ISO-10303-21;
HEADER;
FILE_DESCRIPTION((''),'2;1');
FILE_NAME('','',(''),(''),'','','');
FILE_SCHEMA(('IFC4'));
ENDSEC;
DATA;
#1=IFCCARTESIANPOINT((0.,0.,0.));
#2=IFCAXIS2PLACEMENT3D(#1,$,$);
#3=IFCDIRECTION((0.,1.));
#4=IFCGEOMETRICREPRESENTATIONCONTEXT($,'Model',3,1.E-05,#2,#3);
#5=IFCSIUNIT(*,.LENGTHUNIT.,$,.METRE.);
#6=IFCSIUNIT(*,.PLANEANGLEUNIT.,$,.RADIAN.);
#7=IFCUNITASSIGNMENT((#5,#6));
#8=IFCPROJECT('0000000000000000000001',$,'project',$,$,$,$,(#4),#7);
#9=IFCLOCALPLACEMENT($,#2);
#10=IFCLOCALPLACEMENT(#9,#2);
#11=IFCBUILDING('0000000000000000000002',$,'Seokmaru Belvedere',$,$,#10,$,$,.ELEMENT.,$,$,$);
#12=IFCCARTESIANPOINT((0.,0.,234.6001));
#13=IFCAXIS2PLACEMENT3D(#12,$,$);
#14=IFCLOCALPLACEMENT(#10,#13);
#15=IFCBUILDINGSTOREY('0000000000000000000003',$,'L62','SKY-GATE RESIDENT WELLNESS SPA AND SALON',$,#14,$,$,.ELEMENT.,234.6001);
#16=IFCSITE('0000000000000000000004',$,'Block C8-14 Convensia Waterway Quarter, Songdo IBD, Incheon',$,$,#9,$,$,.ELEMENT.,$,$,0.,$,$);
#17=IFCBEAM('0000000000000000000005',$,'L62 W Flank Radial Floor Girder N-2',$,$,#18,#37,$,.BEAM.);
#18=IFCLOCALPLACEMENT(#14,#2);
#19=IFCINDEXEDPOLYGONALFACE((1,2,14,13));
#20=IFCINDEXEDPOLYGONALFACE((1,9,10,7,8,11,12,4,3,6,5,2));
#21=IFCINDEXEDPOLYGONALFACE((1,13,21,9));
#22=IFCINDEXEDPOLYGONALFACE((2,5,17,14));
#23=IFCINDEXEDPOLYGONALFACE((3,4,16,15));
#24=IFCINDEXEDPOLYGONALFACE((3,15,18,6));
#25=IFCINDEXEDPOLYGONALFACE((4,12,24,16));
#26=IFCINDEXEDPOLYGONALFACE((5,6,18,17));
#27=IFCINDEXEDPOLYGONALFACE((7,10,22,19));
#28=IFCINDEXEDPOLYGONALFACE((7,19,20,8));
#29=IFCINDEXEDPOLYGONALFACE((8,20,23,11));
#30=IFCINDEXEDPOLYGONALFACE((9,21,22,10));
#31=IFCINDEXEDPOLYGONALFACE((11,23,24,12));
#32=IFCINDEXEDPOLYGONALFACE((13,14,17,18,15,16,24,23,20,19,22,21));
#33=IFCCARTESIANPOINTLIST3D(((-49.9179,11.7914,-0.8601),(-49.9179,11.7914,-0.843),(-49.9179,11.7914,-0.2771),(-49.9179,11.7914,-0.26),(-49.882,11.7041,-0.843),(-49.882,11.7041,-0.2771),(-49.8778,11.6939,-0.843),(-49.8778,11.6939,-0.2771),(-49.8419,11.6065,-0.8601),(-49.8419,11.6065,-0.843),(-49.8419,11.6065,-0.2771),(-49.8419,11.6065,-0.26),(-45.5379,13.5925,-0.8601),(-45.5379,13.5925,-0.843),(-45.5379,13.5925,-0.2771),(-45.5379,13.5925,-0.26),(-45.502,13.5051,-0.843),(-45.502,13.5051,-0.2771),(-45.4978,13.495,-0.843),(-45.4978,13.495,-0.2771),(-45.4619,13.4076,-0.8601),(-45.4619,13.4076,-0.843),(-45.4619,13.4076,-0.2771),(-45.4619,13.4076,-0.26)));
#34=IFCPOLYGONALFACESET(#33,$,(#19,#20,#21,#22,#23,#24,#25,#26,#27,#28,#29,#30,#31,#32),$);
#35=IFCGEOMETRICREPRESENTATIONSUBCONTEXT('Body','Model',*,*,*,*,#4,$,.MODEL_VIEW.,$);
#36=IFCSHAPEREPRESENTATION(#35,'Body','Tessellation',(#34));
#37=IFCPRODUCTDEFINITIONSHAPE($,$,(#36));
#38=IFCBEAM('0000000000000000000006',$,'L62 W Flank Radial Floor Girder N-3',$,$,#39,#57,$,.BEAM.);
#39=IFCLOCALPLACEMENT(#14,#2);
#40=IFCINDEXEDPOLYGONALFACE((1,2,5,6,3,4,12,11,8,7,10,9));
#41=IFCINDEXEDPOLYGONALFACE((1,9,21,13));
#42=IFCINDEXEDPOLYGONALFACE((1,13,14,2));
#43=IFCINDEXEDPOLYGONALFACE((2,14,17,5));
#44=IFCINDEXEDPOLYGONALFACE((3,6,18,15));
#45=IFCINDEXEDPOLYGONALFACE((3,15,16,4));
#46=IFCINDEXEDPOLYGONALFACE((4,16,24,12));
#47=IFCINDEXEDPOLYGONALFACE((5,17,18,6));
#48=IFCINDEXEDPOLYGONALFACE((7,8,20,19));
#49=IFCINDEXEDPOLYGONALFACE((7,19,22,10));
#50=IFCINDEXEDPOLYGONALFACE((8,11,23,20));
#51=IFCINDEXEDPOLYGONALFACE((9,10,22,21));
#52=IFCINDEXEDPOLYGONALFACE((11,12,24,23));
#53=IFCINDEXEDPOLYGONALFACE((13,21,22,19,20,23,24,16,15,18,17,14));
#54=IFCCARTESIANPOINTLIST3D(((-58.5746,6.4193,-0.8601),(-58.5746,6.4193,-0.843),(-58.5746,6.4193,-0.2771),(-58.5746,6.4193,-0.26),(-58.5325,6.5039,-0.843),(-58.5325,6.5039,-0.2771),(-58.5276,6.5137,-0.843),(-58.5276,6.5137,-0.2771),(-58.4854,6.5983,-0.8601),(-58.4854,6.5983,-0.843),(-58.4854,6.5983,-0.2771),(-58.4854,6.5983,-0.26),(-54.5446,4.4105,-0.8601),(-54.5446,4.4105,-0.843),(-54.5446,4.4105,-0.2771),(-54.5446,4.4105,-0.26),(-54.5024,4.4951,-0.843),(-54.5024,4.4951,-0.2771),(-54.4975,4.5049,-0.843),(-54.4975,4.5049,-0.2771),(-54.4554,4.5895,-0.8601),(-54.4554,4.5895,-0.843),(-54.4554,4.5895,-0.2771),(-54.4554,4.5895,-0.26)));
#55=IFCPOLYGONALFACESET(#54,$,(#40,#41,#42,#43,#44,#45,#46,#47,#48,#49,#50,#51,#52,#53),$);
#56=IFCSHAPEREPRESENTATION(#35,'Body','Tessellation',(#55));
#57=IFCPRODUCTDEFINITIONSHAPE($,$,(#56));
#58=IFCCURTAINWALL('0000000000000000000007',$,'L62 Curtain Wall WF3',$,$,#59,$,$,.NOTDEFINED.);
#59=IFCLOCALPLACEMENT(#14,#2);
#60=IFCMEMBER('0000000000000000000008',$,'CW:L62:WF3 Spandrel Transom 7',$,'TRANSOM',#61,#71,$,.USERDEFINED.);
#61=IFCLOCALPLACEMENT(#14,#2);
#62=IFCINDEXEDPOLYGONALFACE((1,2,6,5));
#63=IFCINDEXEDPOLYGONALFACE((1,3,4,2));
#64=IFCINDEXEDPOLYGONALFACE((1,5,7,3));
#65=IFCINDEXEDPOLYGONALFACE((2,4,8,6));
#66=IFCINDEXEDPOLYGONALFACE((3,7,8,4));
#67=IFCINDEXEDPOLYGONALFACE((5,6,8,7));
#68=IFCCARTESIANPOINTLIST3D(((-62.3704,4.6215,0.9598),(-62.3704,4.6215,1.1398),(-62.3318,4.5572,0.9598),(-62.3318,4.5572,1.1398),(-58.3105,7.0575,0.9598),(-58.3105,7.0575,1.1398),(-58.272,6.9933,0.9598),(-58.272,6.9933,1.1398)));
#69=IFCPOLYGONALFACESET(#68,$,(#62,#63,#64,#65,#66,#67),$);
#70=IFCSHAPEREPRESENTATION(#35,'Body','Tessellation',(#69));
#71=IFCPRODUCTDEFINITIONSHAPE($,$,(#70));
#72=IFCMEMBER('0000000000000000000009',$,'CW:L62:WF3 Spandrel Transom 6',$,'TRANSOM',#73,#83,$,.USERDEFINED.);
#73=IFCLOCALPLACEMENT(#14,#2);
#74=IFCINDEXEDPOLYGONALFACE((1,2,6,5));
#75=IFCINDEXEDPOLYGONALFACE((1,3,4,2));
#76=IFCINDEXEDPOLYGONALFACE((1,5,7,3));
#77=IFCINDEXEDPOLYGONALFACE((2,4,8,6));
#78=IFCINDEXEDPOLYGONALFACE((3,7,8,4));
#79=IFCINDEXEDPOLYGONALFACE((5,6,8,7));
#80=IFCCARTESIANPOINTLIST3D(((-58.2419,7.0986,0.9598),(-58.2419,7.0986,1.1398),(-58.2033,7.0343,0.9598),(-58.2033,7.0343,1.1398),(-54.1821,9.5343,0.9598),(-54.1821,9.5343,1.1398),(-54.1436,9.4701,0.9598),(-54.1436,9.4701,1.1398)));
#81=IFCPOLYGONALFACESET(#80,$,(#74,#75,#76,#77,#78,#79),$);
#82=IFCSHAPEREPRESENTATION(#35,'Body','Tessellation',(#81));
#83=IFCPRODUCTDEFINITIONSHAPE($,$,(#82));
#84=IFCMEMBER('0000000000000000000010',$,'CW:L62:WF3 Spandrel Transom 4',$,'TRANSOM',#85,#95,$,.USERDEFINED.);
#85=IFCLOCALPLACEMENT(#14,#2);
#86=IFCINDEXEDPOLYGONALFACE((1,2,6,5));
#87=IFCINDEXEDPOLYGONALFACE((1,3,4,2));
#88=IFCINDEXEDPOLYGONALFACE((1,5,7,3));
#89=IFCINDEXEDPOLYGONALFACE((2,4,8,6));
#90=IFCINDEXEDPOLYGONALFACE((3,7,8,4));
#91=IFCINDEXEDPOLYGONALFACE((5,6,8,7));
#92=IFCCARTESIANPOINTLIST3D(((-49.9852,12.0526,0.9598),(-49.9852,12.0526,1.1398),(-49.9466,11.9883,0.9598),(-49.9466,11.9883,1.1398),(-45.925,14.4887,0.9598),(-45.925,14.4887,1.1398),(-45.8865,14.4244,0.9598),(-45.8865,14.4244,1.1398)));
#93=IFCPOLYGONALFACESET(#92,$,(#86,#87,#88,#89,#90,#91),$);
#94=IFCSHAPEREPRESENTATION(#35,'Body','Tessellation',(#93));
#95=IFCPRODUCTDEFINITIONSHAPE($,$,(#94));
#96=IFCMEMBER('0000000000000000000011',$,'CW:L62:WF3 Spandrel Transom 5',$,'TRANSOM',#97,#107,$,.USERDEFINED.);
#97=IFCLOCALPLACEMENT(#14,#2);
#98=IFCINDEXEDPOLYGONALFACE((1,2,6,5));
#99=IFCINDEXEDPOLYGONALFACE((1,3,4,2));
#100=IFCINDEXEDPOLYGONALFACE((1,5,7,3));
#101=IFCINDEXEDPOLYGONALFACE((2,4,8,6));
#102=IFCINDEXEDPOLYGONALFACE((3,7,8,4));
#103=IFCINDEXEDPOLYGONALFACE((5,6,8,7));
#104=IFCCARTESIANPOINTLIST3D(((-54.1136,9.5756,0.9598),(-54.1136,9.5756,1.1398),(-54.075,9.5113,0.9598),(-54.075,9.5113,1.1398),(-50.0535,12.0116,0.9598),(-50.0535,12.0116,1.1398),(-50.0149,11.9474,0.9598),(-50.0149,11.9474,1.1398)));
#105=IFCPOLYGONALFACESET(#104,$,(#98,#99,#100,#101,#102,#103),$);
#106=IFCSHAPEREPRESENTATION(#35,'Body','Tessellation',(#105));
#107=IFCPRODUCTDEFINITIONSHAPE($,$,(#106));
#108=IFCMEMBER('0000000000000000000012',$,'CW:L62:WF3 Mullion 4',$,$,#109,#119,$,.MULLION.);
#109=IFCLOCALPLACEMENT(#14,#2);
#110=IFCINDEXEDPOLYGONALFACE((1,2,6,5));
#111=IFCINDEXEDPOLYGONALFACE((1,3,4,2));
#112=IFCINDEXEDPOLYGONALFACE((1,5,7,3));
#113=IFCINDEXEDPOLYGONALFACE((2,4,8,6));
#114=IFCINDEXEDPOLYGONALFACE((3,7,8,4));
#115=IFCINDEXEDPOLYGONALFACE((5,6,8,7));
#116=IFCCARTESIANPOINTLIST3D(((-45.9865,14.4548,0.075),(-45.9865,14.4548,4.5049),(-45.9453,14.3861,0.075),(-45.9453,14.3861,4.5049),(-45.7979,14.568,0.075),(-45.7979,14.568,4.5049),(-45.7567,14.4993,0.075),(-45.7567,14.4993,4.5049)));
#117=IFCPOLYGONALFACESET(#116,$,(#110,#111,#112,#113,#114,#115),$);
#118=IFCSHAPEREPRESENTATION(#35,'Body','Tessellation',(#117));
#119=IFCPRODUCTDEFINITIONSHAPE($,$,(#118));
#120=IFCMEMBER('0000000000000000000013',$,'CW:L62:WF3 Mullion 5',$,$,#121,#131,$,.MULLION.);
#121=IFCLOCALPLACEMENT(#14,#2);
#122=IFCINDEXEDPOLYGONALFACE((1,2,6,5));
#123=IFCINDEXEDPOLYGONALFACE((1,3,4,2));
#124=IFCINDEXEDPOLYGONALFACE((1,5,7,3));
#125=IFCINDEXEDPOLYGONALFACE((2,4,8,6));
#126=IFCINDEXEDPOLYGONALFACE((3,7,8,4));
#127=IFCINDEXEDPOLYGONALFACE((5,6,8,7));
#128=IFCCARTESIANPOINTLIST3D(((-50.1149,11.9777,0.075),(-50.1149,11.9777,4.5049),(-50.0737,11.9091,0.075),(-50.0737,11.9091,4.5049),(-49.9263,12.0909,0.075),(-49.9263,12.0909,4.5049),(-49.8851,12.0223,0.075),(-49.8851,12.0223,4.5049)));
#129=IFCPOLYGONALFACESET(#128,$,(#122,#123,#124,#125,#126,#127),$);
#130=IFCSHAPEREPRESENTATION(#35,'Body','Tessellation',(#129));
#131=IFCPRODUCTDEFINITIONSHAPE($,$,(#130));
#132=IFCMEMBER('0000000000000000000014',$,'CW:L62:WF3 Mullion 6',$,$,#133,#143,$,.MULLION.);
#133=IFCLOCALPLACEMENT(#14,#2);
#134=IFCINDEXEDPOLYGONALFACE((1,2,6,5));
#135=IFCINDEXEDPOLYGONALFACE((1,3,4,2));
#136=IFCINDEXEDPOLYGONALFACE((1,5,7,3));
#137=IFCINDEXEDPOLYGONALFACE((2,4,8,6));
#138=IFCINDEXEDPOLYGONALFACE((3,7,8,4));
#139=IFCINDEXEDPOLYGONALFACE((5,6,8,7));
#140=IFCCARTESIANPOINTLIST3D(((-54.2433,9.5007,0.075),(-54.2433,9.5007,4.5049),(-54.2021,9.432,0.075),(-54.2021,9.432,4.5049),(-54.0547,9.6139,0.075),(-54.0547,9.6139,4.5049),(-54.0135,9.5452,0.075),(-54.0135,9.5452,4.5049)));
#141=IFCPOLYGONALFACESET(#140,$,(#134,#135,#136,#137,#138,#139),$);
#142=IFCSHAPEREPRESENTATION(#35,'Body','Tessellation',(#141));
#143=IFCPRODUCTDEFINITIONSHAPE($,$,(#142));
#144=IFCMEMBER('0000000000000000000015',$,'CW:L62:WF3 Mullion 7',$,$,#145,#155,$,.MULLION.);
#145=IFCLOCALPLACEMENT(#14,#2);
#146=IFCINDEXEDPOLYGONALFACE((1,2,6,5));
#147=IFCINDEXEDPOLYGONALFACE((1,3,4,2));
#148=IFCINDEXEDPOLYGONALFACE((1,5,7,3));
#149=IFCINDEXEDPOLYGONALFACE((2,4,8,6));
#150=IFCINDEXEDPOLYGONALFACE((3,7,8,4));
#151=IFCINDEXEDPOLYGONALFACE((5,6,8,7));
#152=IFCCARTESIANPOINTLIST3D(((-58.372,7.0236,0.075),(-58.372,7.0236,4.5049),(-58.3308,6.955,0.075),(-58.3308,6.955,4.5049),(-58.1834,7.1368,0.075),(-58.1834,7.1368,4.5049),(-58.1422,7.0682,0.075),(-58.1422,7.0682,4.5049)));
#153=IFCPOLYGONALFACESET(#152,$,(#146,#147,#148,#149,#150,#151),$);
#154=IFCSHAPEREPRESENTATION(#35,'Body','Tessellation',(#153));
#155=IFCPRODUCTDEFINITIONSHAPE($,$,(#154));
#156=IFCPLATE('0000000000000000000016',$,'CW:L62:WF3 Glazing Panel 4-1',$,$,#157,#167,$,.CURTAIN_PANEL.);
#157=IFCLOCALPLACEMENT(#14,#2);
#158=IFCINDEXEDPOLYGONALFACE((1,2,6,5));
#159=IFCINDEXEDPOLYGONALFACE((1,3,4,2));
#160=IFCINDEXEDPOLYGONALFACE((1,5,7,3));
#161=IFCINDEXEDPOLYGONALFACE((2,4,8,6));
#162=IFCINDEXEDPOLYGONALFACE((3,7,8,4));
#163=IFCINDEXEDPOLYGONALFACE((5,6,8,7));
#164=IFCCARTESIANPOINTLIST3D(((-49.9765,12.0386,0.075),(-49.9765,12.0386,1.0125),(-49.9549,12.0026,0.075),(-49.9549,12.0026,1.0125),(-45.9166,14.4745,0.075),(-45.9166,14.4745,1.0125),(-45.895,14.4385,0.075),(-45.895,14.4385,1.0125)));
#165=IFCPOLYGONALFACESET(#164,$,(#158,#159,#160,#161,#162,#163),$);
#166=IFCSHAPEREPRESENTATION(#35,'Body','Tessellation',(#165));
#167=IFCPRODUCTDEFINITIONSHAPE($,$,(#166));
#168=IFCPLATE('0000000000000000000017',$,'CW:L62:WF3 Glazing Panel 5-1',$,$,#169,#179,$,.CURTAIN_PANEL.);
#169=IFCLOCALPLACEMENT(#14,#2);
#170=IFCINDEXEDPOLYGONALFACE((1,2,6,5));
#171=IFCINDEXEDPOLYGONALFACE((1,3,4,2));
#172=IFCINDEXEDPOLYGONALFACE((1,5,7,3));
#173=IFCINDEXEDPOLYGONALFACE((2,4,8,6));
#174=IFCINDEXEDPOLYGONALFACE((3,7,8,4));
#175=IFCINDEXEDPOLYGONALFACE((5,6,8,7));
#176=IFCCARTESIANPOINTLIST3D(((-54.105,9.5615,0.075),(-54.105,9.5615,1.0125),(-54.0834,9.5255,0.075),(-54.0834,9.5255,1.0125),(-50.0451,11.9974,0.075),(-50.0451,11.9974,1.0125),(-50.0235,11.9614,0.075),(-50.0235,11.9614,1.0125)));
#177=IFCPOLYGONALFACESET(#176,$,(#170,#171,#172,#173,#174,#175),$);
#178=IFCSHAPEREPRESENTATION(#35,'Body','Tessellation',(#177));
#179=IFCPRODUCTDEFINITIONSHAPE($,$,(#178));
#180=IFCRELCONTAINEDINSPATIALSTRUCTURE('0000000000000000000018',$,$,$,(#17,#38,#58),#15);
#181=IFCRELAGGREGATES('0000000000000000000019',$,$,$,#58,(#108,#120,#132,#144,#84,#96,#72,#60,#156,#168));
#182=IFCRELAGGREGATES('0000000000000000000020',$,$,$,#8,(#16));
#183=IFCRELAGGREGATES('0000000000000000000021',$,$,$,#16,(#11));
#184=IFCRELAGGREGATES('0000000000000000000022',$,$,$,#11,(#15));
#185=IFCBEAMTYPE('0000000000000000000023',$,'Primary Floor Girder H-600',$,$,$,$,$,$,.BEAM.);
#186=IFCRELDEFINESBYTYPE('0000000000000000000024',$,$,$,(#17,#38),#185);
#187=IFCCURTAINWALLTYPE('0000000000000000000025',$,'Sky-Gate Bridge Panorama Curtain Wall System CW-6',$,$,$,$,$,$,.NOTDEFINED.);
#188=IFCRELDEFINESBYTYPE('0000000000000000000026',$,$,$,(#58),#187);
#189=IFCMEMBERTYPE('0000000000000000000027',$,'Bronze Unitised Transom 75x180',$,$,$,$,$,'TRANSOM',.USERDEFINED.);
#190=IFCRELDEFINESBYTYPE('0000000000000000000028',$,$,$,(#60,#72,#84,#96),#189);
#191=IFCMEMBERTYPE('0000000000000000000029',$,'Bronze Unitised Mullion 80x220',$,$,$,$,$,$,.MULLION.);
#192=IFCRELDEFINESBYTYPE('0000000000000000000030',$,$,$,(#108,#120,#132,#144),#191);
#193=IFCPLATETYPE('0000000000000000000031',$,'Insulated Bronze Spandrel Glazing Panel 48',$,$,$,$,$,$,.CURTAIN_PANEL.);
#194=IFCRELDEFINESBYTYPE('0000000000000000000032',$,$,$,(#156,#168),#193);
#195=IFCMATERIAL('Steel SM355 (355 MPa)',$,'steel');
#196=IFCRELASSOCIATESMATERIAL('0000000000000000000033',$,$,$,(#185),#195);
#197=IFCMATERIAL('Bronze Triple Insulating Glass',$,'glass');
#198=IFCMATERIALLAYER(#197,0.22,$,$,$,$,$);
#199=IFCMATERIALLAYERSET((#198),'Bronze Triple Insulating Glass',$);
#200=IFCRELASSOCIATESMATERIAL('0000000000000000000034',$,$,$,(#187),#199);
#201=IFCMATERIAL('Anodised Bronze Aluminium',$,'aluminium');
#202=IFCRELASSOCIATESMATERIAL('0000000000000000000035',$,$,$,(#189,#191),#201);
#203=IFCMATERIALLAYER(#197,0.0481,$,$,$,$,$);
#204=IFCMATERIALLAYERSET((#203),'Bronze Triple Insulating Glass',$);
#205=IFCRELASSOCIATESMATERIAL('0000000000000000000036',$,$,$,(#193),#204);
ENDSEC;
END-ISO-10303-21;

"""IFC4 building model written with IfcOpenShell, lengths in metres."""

from ifc_helpers import new_model, si_unit, direction, frame, origin, origin_2d, place, context, subcontext, project, spatial, rectangle, i_section, extrude, source, transform, mapped, material, layer, layer_set, material_profile, profile_set, type_object, type_shapes, element, aggregate, save


model = new_model("IFC4")

# Units and contexts
model_context = context("Model", 3, precision=1e-05, world=origin(), true_north=direction((0.0, 1.0)))
body_context = subcontext(model_context, "Body", "Model", "MODEL_VIEW")
ifc_project = project(units=[si_unit("LENGTHUNIT", "METRE"), si_unit("PLANEANGLEUNIT", "RADIAN")], contexts=[model_context])

# Site, building, storey
site_placement = place(None, origin())
site = spatial("IfcSite", under=ifc_project, at=site_placement, Name="Block C8-14 Convensia Waterway Quarter, Songdo IBD, Incheon", CompositionType="ELEMENT", RefElevation=0.0)
building_placement = place(site_placement, origin())
building = spatial("IfcBuilding", under=site, at=building_placement, Name="Seokmaru Belvedere", CompositionType="ELEMENT")
storey_placement = place(building_placement, frame((0.0, 0.0, 234.6001)))
storey = spatial("IfcBuildingStorey", under=building, at=storey_placement, Name="L62", Description="SKY-GATE RESIDENT WELLNESS SPA AND SALON", CompositionType="ELEMENT", Elevation=234.6001)

# Shared definitions
ifc_material_1 = material(Name="Steel SM355 (355 MPa)", Category="steel")

# Beams
ifc_material_profile_1 = material_profile(ifc_material_1, i_section(OverallWidth=0.2, OverallDepth=0.6001, WebThickness=0.011, FlangeThickness=0.0171, at=origin_2d()), Name="H-600x200x11x17")
ifc_profile_set_1 = profile_set([ifc_material_profile_1], Name="Steel SM355 (355 MPa)")
beam_type_1 = type_object("IfcBeamType", Name="Primary Floor Girder H-600", PredefinedType="BEAM", material=ifc_profile_set_1)
shared_shape_1 = source(origin(), body_context, "Body", "SweptSolid", [
    extrude(i_section(OverallWidth=0.2, OverallDepth=0.6001, WebThickness=0.011, FlangeThickness=0.0171, at=origin_2d()), origin(), (0.0, 0.0, 1.0), 4.7358),
])
beam_1_placement = place(storey_placement, frame((-49.8799, 11.699, -0.5601), z_axis=(0.924861, 0.380306, 0.0), x_axis=(-0.380306, 0.924861, 0.0)))
element("IfcBeam", 1, at=beam_1_placement, inside=storey, type_object=beam_type_1, Name="L62 W Flank Radial Floor Girder N-2", PredefinedType="BEAM", context=body_context, shape_type="MappedRepresentation", body=[
    mapped(shared_shape_1, transform((0.0, 0.0, 0.0), scale=1.0)),
])
shared_shape_2 = source(origin(), body_context, "Body", "SweptSolid", [
    extrude(i_section(OverallWidth=0.2, OverallDepth=0.6001, WebThickness=0.011, FlangeThickness=0.0171, at=origin_2d()), origin(), (0.0, 0.0, 1.0), 4.5029),
])
beam_2_placement = place(storey_placement, frame((-58.53, 6.5088, -0.5601), z_axis=(0.89498, -0.446107, 0.0), x_axis=(0.446107, 0.89498, 0.0)))
element("IfcBeam", 2, at=beam_2_placement, inside=storey, type_object=beam_type_1, Name="L62 W Flank Radial Floor Girder N-3", PredefinedType="BEAM", context=body_context, shape_type="MappedRepresentation", body=[
    mapped(shared_shape_2, transform((0.0, 0.0, 0.0), scale=1.0)),
])

# Curtain wall, members, plates
ifc_material_2 = material(Name="Bronze Triple Insulating Glass", Category="glass")
ifc_layer_1 = layer(ifc_material_2, 0.22)
ifc_layer_set_1 = layer_set([ifc_layer_1], Name="Bronze Triple Insulating Glass")
curtain_wall_type = type_object("IfcCurtainWallType", Name="Sky-Gate Bridge Panorama Curtain Wall System CW-6", PredefinedType="NOTDEFINED", material=ifc_layer_set_1)
curtain_wall_placement = place(storey_placement, origin())
curtain_wall = element("IfcCurtainWall", 3, at=curtain_wall_placement, inside=storey, type_object=curtain_wall_type, Name="L62 Curtain Wall WF3", PredefinedType="NOTDEFINED")
ifc_material_3 = material(Name="Anodised Bronze Aluminium", Category="aluminium")
ifc_material_profile_2 = material_profile(ifc_material_3, rectangle(XDim=0.075, YDim=0.1799, at=origin_2d()), Name="CW-T-75x180")
ifc_profile_set_2 = profile_set([ifc_material_profile_2], Name="Anodised Bronze Aluminium")
member_type_1 = type_object("IfcMemberType", Name="Bronze Unitised Transom 75x180", ElementType="TRANSOM", PredefinedType="USERDEFINED", material=ifc_profile_set_2)
shared_shape_3 = source(origin(), body_context, "Body", "SweptSolid", [
    extrude(rectangle(XDim=0.075, YDim=0.1799, at=origin_2d()), origin(), (0.0, 0.0, 1.0), 4.7346),
])
member_1_placement = place(storey_placement, frame((-58.2913, 7.0254, 1.0498), z_axis=(-0.857479, -0.514519, 0.0), x_axis=(0.514519, -0.857479, 0.0)))
member_1 = element("IfcMember", 4, at=member_1_placement, type_object=member_type_1, Name="CW:L62:WF3 Spandrel Transom 7", ObjectType="TRANSOM", PredefinedType="USERDEFINED", context=body_context, shape_type="MappedRepresentation", body=[
    mapped(shared_shape_3, transform((0.0, 0.0, 0.0), scale=1.0)),
])
shared_shape_4 = source(origin(), body_context, "Body", "SweptSolid", [
    extrude(rectangle(XDim=0.075, YDim=0.1799, at=origin_2d()), origin(), (0.0, 0.0, 1.0), 4.7344),
])
member_2_placement = place(storey_placement, frame((-54.1628, 9.5022, 1.0498), z_axis=(-0.857502, -0.514481, 0.0), x_axis=(0.514481, -0.857502, 0.0)))
member_2 = element("IfcMember", 5, at=member_2_placement, type_object=member_type_1, Name="CW:L62:WF3 Spandrel Transom 6", ObjectType="TRANSOM", PredefinedType="USERDEFINED", context=body_context, shape_type="MappedRepresentation", body=[
    mapped(shared_shape_4, transform((0.0, 0.0, 0.0), scale=1.0)),
])
shared_shape_5 = source(origin(), body_context, "Body", "SweptSolid", [
    extrude(rectangle(XDim=0.075, YDim=0.1799, at=origin_2d()), origin(), (0.0, 0.0, 1.0), 4.7349),
])
type_shapes(member_type_1, [shared_shape_3, shared_shape_4, shared_shape_5])
member_3_placement = place(storey_placement, frame((-45.9058, 14.4565, 1.0498), z_axis=(-0.857493, -0.514496, 0.0), x_axis=(0.514496, -0.857493, 0.0)))
member_3 = element("IfcMember", 6, at=member_3_placement, type_object=member_type_1, Name="CW:L62:WF3 Spandrel Transom 4", ObjectType="TRANSOM", PredefinedType="USERDEFINED", context=body_context, shape_type="MappedRepresentation", body=[
    mapped(shared_shape_5, transform((0.0, 0.0, 0.0), scale=1.0)),
])
member_4_placement = place(storey_placement, frame((-50.0342, 11.9795, 1.0498), z_axis=(-0.857493, -0.514496, 0.0), x_axis=(0.514496, -0.857493, 0.0)))
member_4 = element("IfcMember", 7, at=member_4_placement, type_object=member_type_1, Name="CW:L62:WF3 Spandrel Transom 5", ObjectType="TRANSOM", PredefinedType="USERDEFINED", context=body_context, shape_type="MappedRepresentation", body=[
    mapped(shared_shape_5, transform((0.0, 0.0, 0.0), scale=1.0)),
])
ifc_material_profile_3 = material_profile(ifc_material_3, rectangle(XDim=0.0801, YDim=0.22, at=origin_2d()), Name="CW-M-80x220")
ifc_profile_set_3 = profile_set([ifc_material_profile_3], Name="Anodised Bronze Aluminium")
member_type_2 = type_object("IfcMemberType", Name="Bronze Unitised Mullion 80x220", PredefinedType="MULLION", material=ifc_profile_set_3)
shared_shape_6 = source(origin(), body_context, "Body", "SweptSolid", [
    extrude(rectangle(XDim=0.0801, YDim=0.22, at=origin_2d()), origin(), (0.0, 0.0, 1.0), 4.4299),
])
type_shapes(member_type_2, [shared_shape_6])
member_5_placement = place(storey_placement, frame((-45.8716, 14.4771, 0.075), z_axis=(0.0, 0.0, 1.0), x_axis=(0.514495, -0.857493, 0.0)))
member_5 = element("IfcMember", 8, at=member_5_placement, type_object=member_type_2, Name="CW:L62:WF3 Mullion 4", PredefinedType="MULLION", context=body_context, shape_type="MappedRepresentation", body=[
    mapped(shared_shape_6, transform((0.0, 0.0, 0.0), scale=1.0)),
])
member_6_placement = place(storey_placement, frame((-50.0, 12.0, 0.075), z_axis=(0.0, 0.0, 1.0), x_axis=(0.514495, -0.857493, 0.0)))
member_6 = element("IfcMember", 9, at=member_6_placement, type_object=member_type_2, Name="CW:L62:WF3 Mullion 5", PredefinedType="MULLION", context=body_context, shape_type="MappedRepresentation", body=[
    mapped(shared_shape_6, transform((0.0, 0.0, 0.0), scale=1.0)),
])
member_7_placement = place(storey_placement, frame((-54.1284, 9.5229, 0.075), z_axis=(0.0, 0.0, 1.0), x_axis=(0.514495, -0.857493, 0.0)))
member_7 = element("IfcMember", 10, at=member_7_placement, type_object=member_type_2, Name="CW:L62:WF3 Mullion 6", PredefinedType="MULLION", context=body_context, shape_type="MappedRepresentation", body=[
    mapped(shared_shape_6, transform((0.0, 0.0, 0.0), scale=1.0)),
])
member_8_placement = place(storey_placement, frame((-58.2571, 7.0459, 0.075), z_axis=(0.0, 0.0, 1.0), x_axis=(0.514495, -0.857493, 0.0)))
member_8 = element("IfcMember", 11, at=member_8_placement, type_object=member_type_2, Name="CW:L62:WF3 Mullion 7", PredefinedType="MULLION", context=body_context, shape_type="MappedRepresentation", body=[
    mapped(shared_shape_6, transform((0.0, 0.0, 0.0), scale=1.0)),
])
ifc_layer_2 = layer(ifc_material_2, 0.0481)
ifc_layer_set_2 = layer_set([ifc_layer_2], Name="Bronze Triple Insulating Glass")
plate_type_1 = type_object("IfcPlateType", Name="Insulated Bronze Spandrel Glazing Panel 48", PredefinedType="CURTAIN_PANEL", material=ifc_layer_set_2)
shared_shape_7 = source(origin(), body_context, "Body", "SweptSolid", [
    extrude(rectangle(XDim=4.7346, YDim=0.042, at=origin_2d()), origin(), (0.0, 0.0, 1.0), 0.9375),
])
type_shapes(plate_type_1, [shared_shape_7])
plate_1_placement = place(storey_placement, frame((-47.9358, 13.2385, 0.075), z_axis=(0.0, 0.0, 1.0), x_axis=(-0.857493, -0.514495, 0.0)))
plate_1 = element("IfcPlate", 12, at=plate_1_placement, type_object=plate_type_1, Name="CW:L62:WF3 Glazing Panel 4-1", PredefinedType="CURTAIN_PANEL", context=body_context, shape_type="MappedRepresentation", body=[
    mapped(shared_shape_7, transform((0.0, 0.0, 0.0), scale=1.0)),
])
plate_2_placement = place(storey_placement, frame((-52.0642, 10.7615, 0.075), z_axis=(0.0, 0.0, 1.0), x_axis=(-0.857493, -0.514495, 0.0)))
plate_2 = element("IfcPlate", 13, at=plate_2_placement, type_object=plate_type_1, Name="CW:L62:WF3 Glazing Panel 5-1", PredefinedType="CURTAIN_PANEL", context=body_context, shape_type="MappedRepresentation", body=[
    mapped(shared_shape_7, transform((0.0, 0.0, 0.0), scale=1.0)),
])
aggregate(curtain_wall, [member_5, member_6, member_7, member_8, member_3, member_4, member_2, member_1, plate_1, plate_2])

save(model, "model.ifc")
